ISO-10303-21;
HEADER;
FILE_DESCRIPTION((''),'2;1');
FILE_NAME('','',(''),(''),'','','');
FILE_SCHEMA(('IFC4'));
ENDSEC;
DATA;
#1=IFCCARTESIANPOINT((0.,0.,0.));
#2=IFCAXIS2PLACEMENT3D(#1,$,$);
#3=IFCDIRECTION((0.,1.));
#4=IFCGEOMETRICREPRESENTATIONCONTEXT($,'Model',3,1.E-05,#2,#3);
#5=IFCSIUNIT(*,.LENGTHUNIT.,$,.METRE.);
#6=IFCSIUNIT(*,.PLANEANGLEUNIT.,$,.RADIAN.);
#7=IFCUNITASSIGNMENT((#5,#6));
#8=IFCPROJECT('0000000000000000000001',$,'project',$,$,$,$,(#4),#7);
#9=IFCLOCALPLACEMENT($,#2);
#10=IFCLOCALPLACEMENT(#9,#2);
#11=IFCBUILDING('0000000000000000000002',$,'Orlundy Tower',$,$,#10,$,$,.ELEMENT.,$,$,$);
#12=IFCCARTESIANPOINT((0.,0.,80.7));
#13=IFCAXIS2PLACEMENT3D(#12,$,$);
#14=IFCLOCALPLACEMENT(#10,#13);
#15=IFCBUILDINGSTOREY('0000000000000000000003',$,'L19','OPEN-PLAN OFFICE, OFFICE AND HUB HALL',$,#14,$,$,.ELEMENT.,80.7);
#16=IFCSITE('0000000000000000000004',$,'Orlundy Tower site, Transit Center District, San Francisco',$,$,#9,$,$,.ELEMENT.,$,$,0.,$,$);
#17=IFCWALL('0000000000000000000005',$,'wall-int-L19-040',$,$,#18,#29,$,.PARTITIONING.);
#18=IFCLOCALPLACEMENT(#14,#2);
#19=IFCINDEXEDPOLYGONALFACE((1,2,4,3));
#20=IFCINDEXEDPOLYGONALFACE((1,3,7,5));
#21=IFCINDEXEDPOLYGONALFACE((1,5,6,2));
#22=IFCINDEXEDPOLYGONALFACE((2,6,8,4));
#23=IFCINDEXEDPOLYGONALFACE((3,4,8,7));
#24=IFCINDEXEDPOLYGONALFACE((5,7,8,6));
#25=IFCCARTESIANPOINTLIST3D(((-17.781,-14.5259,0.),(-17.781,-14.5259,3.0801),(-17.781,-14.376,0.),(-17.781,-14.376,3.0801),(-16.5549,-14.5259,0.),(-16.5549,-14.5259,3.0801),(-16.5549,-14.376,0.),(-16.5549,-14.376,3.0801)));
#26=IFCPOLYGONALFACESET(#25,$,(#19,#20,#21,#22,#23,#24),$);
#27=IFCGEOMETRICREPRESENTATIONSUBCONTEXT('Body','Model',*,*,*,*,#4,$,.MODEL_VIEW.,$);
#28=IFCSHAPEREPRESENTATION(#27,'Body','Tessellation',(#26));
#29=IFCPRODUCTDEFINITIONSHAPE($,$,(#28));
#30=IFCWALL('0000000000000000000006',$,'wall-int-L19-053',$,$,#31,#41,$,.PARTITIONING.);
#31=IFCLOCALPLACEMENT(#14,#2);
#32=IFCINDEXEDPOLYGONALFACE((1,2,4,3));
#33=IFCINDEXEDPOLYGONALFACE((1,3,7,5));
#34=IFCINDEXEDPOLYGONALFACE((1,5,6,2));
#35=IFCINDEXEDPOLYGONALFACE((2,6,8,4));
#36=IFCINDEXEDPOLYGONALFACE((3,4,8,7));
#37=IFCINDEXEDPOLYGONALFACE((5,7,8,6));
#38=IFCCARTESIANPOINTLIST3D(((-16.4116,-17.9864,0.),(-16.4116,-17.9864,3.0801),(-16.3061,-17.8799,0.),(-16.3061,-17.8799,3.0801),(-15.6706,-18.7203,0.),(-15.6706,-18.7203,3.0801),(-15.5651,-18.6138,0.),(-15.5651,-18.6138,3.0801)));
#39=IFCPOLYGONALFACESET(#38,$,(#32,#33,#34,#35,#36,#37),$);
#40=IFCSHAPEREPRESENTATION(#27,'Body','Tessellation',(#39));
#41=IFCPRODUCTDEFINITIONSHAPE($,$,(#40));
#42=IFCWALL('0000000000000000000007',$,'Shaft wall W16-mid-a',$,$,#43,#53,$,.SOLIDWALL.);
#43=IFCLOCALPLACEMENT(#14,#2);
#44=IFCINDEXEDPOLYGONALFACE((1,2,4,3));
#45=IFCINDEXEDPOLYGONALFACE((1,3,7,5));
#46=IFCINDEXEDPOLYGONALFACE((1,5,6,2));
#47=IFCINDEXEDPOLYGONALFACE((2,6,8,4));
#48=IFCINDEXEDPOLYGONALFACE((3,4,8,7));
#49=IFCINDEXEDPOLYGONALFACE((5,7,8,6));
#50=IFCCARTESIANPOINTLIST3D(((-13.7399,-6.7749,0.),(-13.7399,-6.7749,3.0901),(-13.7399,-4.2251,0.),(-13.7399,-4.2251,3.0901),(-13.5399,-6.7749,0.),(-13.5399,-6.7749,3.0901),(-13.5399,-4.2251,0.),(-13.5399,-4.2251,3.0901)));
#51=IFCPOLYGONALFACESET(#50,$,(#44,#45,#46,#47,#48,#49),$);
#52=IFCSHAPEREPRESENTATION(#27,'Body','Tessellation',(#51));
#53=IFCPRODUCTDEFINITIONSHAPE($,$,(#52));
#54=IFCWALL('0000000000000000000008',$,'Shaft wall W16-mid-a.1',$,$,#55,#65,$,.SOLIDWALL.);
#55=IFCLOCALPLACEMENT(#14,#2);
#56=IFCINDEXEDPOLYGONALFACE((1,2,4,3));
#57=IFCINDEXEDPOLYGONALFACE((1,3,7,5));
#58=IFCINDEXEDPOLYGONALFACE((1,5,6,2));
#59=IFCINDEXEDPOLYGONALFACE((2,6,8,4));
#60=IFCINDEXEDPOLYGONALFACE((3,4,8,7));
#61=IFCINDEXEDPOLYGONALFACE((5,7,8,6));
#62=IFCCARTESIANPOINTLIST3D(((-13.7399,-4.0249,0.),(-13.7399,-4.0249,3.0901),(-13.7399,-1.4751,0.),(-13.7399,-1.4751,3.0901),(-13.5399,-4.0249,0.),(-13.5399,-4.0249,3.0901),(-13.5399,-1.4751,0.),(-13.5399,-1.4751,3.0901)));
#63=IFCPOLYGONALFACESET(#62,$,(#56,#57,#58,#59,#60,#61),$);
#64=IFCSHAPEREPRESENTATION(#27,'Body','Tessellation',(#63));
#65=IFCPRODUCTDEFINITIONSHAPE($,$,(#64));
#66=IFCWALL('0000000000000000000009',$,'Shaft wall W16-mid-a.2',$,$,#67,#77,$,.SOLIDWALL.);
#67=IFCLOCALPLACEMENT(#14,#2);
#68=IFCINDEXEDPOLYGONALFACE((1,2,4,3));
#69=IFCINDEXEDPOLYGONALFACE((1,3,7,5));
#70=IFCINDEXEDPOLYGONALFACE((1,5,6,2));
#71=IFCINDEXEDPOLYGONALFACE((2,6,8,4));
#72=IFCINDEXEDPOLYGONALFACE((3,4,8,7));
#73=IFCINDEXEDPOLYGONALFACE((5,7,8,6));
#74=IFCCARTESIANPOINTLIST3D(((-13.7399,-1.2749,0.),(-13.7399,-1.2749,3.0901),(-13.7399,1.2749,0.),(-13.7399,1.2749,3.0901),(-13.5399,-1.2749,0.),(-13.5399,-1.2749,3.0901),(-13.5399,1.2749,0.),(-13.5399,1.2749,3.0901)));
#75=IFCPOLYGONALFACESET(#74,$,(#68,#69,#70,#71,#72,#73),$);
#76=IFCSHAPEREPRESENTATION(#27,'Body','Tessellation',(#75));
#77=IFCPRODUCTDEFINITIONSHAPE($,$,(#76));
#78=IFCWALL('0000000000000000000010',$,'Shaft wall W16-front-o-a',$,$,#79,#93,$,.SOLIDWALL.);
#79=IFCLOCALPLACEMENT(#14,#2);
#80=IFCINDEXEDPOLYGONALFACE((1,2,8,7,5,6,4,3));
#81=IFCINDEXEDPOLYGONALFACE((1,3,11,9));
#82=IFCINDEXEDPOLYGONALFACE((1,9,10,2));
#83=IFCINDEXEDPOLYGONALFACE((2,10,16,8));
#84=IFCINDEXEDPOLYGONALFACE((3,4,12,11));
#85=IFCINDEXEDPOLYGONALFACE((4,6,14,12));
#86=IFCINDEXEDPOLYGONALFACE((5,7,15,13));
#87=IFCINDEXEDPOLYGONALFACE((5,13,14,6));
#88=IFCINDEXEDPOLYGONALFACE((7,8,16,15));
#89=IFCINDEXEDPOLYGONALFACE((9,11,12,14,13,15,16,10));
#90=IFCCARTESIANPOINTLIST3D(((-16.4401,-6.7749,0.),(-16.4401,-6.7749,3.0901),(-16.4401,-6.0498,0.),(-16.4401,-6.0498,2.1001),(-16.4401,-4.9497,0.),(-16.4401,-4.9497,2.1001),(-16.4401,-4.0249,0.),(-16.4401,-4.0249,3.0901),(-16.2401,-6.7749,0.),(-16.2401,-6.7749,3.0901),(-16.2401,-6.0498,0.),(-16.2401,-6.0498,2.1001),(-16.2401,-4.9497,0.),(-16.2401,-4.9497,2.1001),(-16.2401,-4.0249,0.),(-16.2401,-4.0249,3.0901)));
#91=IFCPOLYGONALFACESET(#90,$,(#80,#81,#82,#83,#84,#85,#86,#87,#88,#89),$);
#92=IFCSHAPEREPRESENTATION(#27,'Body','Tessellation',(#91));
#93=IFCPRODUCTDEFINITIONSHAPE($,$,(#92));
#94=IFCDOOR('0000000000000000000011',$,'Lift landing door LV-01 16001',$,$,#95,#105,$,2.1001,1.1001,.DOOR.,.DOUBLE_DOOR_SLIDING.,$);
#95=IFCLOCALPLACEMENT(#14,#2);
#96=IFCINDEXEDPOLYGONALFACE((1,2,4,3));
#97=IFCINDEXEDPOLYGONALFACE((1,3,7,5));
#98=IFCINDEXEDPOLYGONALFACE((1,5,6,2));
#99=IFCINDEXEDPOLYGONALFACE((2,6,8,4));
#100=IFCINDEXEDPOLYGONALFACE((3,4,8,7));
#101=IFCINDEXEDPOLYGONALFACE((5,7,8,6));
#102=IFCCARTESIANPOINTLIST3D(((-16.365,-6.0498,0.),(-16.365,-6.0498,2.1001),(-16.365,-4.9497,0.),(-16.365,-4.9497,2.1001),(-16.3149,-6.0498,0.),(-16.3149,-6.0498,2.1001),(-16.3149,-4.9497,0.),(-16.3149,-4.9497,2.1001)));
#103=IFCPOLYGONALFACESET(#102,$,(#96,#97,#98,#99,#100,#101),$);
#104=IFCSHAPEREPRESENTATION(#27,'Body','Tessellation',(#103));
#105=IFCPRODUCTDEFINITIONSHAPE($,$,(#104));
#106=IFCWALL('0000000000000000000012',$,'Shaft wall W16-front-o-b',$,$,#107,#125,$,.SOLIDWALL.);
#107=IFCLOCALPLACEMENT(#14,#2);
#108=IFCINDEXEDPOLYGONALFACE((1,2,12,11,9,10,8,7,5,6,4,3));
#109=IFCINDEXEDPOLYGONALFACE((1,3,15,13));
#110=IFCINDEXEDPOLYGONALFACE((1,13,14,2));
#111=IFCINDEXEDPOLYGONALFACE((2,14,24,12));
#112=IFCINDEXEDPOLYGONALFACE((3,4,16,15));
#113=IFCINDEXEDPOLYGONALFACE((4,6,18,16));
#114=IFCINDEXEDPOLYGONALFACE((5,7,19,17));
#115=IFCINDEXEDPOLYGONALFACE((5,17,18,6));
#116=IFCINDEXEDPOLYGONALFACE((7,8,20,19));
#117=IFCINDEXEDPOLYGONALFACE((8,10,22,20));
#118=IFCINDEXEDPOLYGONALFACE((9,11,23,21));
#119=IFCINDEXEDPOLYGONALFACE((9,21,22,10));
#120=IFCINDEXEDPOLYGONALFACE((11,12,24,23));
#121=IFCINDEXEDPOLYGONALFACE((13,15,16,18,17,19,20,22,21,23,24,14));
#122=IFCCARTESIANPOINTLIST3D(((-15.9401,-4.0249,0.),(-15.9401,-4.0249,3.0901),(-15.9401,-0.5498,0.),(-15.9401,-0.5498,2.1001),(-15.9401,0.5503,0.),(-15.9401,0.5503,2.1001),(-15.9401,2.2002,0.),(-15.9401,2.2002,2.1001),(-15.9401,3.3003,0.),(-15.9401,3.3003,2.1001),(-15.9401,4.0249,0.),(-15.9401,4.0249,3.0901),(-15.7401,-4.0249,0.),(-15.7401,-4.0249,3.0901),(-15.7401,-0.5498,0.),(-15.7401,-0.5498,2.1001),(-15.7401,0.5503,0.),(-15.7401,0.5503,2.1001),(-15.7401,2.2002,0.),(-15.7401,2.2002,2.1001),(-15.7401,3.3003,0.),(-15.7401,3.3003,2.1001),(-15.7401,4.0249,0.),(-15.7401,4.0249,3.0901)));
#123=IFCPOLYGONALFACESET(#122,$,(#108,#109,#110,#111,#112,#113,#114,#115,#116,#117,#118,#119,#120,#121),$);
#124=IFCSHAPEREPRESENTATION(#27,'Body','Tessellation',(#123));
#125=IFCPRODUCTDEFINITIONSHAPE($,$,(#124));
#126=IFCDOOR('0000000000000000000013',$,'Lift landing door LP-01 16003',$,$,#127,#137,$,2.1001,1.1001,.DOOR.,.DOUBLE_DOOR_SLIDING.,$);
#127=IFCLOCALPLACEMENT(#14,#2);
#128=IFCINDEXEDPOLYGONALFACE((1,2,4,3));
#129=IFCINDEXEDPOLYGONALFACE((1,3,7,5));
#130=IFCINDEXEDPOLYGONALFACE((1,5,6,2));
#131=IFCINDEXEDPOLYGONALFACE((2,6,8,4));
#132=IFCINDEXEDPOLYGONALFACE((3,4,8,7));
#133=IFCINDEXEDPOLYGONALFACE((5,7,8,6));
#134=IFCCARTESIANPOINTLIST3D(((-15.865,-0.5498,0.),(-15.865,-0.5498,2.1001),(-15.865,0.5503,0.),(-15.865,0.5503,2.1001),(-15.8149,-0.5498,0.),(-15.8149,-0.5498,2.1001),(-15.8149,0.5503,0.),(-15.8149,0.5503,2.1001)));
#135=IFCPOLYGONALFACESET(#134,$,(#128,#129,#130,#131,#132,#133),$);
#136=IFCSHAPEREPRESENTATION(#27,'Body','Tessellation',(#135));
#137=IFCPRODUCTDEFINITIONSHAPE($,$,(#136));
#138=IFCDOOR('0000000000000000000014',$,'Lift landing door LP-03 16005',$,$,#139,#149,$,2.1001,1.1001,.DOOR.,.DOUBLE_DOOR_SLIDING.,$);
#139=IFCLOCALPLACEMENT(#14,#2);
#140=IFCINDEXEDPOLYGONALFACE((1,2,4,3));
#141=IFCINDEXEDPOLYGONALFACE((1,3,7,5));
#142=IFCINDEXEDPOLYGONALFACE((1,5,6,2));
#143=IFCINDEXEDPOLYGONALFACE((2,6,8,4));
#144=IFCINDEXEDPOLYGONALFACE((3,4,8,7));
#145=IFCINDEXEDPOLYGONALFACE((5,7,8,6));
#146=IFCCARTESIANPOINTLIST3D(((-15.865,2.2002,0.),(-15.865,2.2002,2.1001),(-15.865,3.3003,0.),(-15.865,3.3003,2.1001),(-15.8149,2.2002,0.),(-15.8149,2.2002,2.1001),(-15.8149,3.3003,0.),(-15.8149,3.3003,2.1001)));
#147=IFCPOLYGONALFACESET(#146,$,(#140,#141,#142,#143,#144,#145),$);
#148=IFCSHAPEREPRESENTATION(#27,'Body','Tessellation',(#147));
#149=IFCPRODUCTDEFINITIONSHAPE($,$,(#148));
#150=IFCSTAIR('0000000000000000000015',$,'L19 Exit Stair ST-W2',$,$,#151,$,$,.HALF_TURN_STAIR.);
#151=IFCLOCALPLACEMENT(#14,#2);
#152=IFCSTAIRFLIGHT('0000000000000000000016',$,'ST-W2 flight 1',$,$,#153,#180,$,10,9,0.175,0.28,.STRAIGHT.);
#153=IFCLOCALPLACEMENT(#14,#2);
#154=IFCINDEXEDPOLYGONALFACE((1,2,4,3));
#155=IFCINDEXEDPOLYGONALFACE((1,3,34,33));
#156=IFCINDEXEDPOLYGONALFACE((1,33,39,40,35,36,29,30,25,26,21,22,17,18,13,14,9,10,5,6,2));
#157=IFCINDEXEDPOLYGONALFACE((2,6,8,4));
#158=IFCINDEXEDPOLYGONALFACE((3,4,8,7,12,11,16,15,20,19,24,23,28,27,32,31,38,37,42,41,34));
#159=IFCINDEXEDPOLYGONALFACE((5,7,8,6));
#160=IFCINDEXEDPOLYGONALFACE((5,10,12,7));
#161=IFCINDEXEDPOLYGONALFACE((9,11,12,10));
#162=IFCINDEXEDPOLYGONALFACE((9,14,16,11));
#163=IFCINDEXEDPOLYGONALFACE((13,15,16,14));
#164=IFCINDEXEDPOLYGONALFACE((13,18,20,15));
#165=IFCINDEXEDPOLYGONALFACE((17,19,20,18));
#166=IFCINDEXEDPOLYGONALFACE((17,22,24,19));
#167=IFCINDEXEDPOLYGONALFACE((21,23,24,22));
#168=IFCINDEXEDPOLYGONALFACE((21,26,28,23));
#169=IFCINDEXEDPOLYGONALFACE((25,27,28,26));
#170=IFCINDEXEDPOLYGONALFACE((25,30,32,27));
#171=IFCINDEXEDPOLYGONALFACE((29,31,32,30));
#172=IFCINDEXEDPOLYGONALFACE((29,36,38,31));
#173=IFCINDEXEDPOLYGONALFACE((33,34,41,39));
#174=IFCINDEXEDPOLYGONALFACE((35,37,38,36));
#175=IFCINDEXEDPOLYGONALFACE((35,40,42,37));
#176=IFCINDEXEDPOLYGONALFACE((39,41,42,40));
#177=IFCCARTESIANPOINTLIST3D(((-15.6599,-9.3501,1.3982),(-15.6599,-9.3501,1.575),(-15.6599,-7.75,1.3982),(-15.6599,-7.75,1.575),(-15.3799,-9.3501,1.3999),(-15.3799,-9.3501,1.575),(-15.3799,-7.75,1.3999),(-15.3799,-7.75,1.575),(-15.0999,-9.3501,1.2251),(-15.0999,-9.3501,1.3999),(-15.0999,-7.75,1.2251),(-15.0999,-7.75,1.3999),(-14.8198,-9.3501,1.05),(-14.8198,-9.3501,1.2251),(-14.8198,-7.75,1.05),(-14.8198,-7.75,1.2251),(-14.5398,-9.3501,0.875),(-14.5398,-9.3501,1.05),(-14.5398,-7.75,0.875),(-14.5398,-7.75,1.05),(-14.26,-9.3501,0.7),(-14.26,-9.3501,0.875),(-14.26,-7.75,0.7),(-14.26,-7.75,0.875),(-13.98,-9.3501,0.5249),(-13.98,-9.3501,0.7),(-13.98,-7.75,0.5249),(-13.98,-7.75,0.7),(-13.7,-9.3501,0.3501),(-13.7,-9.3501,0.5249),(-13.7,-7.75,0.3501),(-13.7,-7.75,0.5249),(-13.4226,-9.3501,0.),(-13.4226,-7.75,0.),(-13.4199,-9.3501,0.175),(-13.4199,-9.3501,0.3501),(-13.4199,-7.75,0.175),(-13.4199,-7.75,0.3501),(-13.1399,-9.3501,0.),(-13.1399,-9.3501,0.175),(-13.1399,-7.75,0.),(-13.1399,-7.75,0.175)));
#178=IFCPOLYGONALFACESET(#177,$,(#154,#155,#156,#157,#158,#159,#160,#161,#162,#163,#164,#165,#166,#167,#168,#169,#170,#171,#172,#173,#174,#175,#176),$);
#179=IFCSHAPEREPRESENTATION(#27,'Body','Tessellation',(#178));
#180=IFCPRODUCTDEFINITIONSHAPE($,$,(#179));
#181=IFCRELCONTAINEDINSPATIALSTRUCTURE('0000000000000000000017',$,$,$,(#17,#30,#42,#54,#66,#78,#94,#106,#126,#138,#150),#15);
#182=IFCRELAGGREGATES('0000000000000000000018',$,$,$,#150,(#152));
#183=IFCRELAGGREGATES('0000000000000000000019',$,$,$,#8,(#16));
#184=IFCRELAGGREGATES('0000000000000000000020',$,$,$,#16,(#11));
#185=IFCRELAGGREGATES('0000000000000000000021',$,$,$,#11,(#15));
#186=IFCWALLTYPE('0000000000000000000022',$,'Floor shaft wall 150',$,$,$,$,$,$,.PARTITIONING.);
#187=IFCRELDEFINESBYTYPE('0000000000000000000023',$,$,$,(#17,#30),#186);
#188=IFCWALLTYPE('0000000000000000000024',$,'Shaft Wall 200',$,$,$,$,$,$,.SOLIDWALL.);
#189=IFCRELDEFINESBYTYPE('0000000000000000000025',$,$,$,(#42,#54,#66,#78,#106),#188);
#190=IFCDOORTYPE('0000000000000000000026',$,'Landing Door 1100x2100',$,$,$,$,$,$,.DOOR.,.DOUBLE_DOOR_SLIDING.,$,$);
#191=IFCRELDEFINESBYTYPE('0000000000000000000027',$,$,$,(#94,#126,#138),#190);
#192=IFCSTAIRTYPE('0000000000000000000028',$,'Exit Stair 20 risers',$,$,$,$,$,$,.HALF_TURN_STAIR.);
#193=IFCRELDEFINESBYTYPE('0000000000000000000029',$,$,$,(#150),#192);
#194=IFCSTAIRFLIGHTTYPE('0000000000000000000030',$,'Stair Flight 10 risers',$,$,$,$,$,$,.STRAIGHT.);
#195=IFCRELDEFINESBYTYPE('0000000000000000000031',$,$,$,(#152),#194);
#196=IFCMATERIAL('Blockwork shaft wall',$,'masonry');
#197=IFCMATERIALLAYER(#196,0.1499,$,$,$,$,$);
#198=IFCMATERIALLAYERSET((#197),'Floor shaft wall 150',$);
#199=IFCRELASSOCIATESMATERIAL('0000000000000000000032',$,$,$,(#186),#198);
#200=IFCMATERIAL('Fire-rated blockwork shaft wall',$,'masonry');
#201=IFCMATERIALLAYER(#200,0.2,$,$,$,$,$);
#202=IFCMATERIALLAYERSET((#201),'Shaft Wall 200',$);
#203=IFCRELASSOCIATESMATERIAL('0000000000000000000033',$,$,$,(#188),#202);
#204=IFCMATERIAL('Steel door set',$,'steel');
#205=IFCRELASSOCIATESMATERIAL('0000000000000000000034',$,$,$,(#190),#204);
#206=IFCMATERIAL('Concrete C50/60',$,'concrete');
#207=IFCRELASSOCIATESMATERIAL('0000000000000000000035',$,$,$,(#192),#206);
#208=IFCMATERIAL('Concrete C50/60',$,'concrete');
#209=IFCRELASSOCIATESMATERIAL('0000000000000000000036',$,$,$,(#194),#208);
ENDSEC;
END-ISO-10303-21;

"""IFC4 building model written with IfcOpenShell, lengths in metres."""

from ifc_helpers import new_model, si_unit, direction, frame, frame_2d, origin, place, context, subcontext, project, spatial, polyline, rectangle, outline, extrude, material, layer, layer_set, type_object, element, fill, aggregate, save


model = new_model("IFC4")

# Units and contexts
model_context = context("Model", 3, precision=1e-05, world=origin(), true_north=direction((0.0, 1.0)))
body_context = subcontext(model_context, "Body", "Model", "MODEL_VIEW")
ifc_project = project(units=[si_unit("LENGTHUNIT", "METRE"), si_unit("PLANEANGLEUNIT", "RADIAN")], contexts=[model_context])

# Site, building, storey
site_placement = place(None, origin())
site = spatial("IfcSite", under=ifc_project, at=site_placement, Name="Orlundy Tower site, Transit Center District, San Francisco", CompositionType="ELEMENT", RefElevation=0.0)
building_placement = place(site_placement, origin())
building = spatial("IfcBuilding", under=site, at=building_placement, Name="Orlundy Tower", CompositionType="ELEMENT")
storey_placement = place(building_placement, frame((0.0, 0.0, 80.7)))
storey = spatial("IfcBuildingStorey", under=building, at=storey_placement, Name="L19", Description="OPEN-PLAN OFFICE, OFFICE AND HUB HALL", CompositionType="ELEMENT", Elevation=80.7)

# Walls
ifc_material_1 = material(Name="Blockwork shaft wall", Category="masonry")
ifc_layer_1 = layer(ifc_material_1, 0.1499)
ifc_layer_set_1 = layer_set([ifc_layer_1], Name="Floor shaft wall 150")
wall_type_1 = type_object("IfcWallType", Name="Floor shaft wall 150", PredefinedType="PARTITIONING", material=ifc_layer_set_1)
wall_1_placement = place(storey_placement, frame((-17.781, -14.4509, 0.0), z_axis=(0.0, 0.0, 1.0), x_axis=(1.0, 0.0, 0.0)))
element("IfcWall", 1, at=wall_1_placement, inside=storey, type_object=wall_type_1, Name="wall-int-L19-040", PredefinedType="PARTITIONING", context=body_context, shape_type="SweptSolid", body=[
    extrude(rectangle(XDim=1.2261, YDim=0.1499, at=frame_2d((0.613, 0.0))), origin(), (0.0, 0.0, 1.0), 3.0801),
])
wall_2_placement = place(storey_placement, frame((-16.3589, -17.9331, 0.0), z_axis=(0.0, 0.0, 1.0), x_axis=(0.710493, -0.703704, 0.0)))
element("IfcWall", 2, at=wall_2_placement, inside=storey, type_object=wall_type_1, Name="wall-int-L19-053", PredefinedType="PARTITIONING", context=body_context, shape_type="SweptSolid", body=[
    extrude(rectangle(XDim=1.043, YDim=0.1499, at=frame_2d((0.5215, 0.0))), origin(), (0.0, 0.0, 1.0), 3.0801),
])
ifc_material_2 = material(Name="Fire-rated blockwork shaft wall", Category="masonry")
ifc_layer_2 = layer(ifc_material_2, 0.2)
ifc_layer_set_2 = layer_set([ifc_layer_2], Name="Shaft Wall 200")
wall_type_2 = type_object("IfcWallType", Name="Shaft Wall 200", PredefinedType="SOLIDWALL", material=ifc_layer_set_2)
for number, where, z_axis, x_axis, name in (
    (3, (-13.6399, -6.7749, 0.0), (0.0, 0.0, 1.0), (0.0, 1.0, 0.0), "Shaft wall W16-mid-a"),
    (4, (-13.6399, -4.0249, 0.0), (0.0, 0.0, 1.0), (0.0, 1.0, 0.0), "Shaft wall W16-mid-a.1"),
    (5, (-13.6399, -1.2749, 0.0), (0.0, 0.0, 1.0), (0.0, 1.0, 0.0), "Shaft wall W16-mid-a.2"),
):
    element("IfcWall", number, at=place(storey_placement, frame(where, z_axis=z_axis, x_axis=x_axis)), inside=storey, type_object=wall_type_2, Name=name, PredefinedType="SOLIDWALL", context=body_context, shape_type="SweptSolid", body=[
        extrude(rectangle(XDim=2.5498, YDim=0.2, at=frame_2d((1.2749, 0.0))), origin(), (0.0, 0.0, 1.0), 3.0901),
    ])

# Wall, opening, door
wall_3_placement = place(storey_placement, frame((-16.3401, -6.7749, 0.0), z_axis=(0.0, 0.0, 1.0), x_axis=(0.0, 1.0, 0.0)))
wall_3 = element("IfcWall", 6, at=wall_3_placement, inside=storey, type_object=wall_type_2, Name="Shaft wall W16-front-o-a", PredefinedType="SOLIDWALL", context=body_context, shape_type="SweptSolid", body=[
    extrude(rectangle(XDim=2.75, YDim=0.2, at=frame_2d((1.375, 0.0))), origin(), (0.0, 0.0, 1.0), 3.0901),
])
opening_1_placement = place(wall_3_placement, frame((0.7251, 0.0, 0.0)))
opening_1 = element("IfcOpeningElement", 7, at=opening_1_placement, cuts=wall_3, PredefinedType="OPENING", context=body_context, shape_type="SweptSolid", body=[
    extrude(rectangle(XDim=1.1001, YDim=2.1001, at=frame_2d((0.55, 1.05))), frame((0.0, 0.1101, 0.0), z_axis=(0.0, -1.0, 0.0), x_axis=(1.0, 0.0, 0.0)), (0.0, 0.0, 1.0), 0.2202),
])
ifc_material_3 = material(Name="Steel door set", Category="steel")
door_type_1 = type_object("IfcDoorType", Name="Landing Door 1100x2100", OperationType="DOUBLE_DOOR_SLIDING", PredefinedType="DOOR", material=ifc_material_3)
door_1_placement = place(opening_1_placement, origin())
door_1 = element("IfcDoor", 8, at=door_1_placement, inside=storey, type_object=door_type_1, Name="Lift landing door LV-01 16001", OperationType="DOUBLE_DOOR_SLIDING", OverallHeight=2.1001, OverallWidth=1.1001, PredefinedType="DOOR", context=body_context, shape_type="SweptSolid", body=[
    extrude(rectangle(XDim=1.1001, YDim=2.1001, at=frame_2d((0.55, 1.05))), frame((0.0, 0.0249, 0.0), z_axis=(0.0, -1.0, 0.0), x_axis=(1.0, 0.0, 0.0)), (0.0, 0.0, 1.0), 0.05),
])
fill(opening_1, door_1)

# Wall, openings, doors
wall_4_placement = place(storey_placement, frame((-15.8401, -4.0249, 0.0), z_axis=(0.0, 0.0, 1.0), x_axis=(0.0, 1.0, 0.0)))
wall_4 = element("IfcWall", 9, at=wall_4_placement, inside=storey, type_object=wall_type_2, Name="Shaft wall W16-front-o-b", PredefinedType="SOLIDWALL", context=body_context, shape_type="SweptSolid", body=[
    extrude(rectangle(XDim=8.0498, YDim=0.2, at=frame_2d((4.0249, 0.0))), origin(), (0.0, 0.0, 1.0), 3.0901),
])
opening_2_placement = place(wall_4_placement, frame((3.4751, 0.0, 0.0)))
opening_2 = element("IfcOpeningElement", 10, at=opening_2_placement, cuts=wall_4, PredefinedType="OPENING", context=body_context, shape_type="SweptSolid", body=[
    extrude(rectangle(XDim=1.1001, YDim=2.1001, at=frame_2d((0.55, 1.05))), frame((0.0, 0.1101, 0.0), z_axis=(0.0, -1.0, 0.0), x_axis=(1.0, 0.0, 0.0)), (0.0, 0.0, 1.0), 0.2202),
])
opening_3_placement = place(wall_4_placement, frame((6.2251, 0.0, 0.0)))
opening_3 = element("IfcOpeningElement", 11, at=opening_3_placement, cuts=wall_4, PredefinedType="OPENING", context=body_context, shape_type="SweptSolid", body=[
    extrude(rectangle(XDim=1.1001, YDim=2.1001, at=frame_2d((0.55, 1.05))), frame((0.0, 0.1101, 0.0), z_axis=(0.0, -1.0, 0.0), x_axis=(1.0, 0.0, 0.0)), (0.0, 0.0, 1.0), 0.2202),
])
door_2_placement = place(opening_2_placement, origin())
door_2 = element("IfcDoor", 12, at=door_2_placement, inside=storey, type_object=door_type_1, Name="Lift landing door LP-01 16003", OperationType="DOUBLE_DOOR_SLIDING", OverallHeight=2.1001, OverallWidth=1.1001, PredefinedType="DOOR", context=body_context, shape_type="SweptSolid", body=[
    extrude(rectangle(XDim=1.1001, YDim=2.1001, at=frame_2d((0.55, 1.05))), frame((0.0, 0.0249, 0.0), z_axis=(0.0, -1.0, 0.0), x_axis=(1.0, 0.0, 0.0)), (0.0, 0.0, 1.0), 0.05),
])
fill(opening_2, door_2)
door_3_placement = place(opening_3_placement, origin())
door_3 = element("IfcDoor", 13, at=door_3_placement, inside=storey, type_object=door_type_1, Name="Lift landing door LP-03 16005", OperationType="DOUBLE_DOOR_SLIDING", OverallHeight=2.1001, OverallWidth=1.1001, PredefinedType="DOOR", context=body_context, shape_type="SweptSolid", body=[
    extrude(rectangle(XDim=1.1001, YDim=2.1001, at=frame_2d((0.55, 1.05))), frame((0.0, 0.0249, 0.0), z_axis=(0.0, -1.0, 0.0), x_axis=(1.0, 0.0, 0.0)), (0.0, 0.0, 1.0), 0.05),
])
fill(opening_3, door_3)

# Stair, stair flight
ifc_material_4 = material(Name="Concrete C50/60", Category="concrete")
stair_type = type_object("IfcStairType", Name="Exit Stair 20 risers", PredefinedType="HALF_TURN_STAIR", material=ifc_material_4)
stair_placement = place(storey_placement, origin())
stair = element("IfcStair", 14, at=stair_placement, inside=storey, type_object=stair_type, Name="L19 Exit Stair ST-W2", PredefinedType="HALF_TURN_STAIR")
ifc_material_5 = material(Name="Concrete C50/60", Category="concrete")
stair_flight_type = type_object("IfcStairFlightType", Name="Stair Flight 10 risers", PredefinedType="STRAIGHT", material=ifc_material_5)
stair_flight_1_placement = place(storey_placement, frame((-13.1399, -8.55, 0.0), z_axis=(0.0, 0.0, 1.0), x_axis=(-1.0, 0.0, 0.0)))
stair_flight_1 = element("IfcStairFlight", 15, at=stair_flight_1_placement, type_object=stair_flight_type, Name="ST-W2 flight 1", NumberOfRisers=10, NumberOfTreads=9, PredefinedType="STRAIGHT", RiserHeight=0.175, TreadLength=0.28, context=body_context, shape_type="SweptSolid", body=[
    extrude(outline(polyline([(0.0, 0.0), (0.0, 0.175), (0.28, 0.175), (0.28, 0.3501), (0.5601, 0.3501), (0.5601, 0.5249), (0.8401, 0.5249), (0.8401, 0.7), (1.1201, 0.7), (1.1201, 0.875), (1.3999, 0.875), (1.3999, 1.05), (1.6799, 1.05), (1.6799, 1.2251), (1.96, 1.2251), (1.96, 1.3999), (2.24, 1.3999), (2.24, 1.575), (2.52, 1.575), (2.52, 1.75), (2.52, 1.3982), (0.2827, 0.0), (0.0, 0.0)])), frame((0.0, 0.8, 0.0), z_axis=(0.0, -1.0, 0.0), x_axis=(1.0, 0.0, 0.0)), (0.0, 0.0, 1.0), 1.6001),
])
aggregate(stair, [stair_flight_1])

save(model, "model.ifc")
